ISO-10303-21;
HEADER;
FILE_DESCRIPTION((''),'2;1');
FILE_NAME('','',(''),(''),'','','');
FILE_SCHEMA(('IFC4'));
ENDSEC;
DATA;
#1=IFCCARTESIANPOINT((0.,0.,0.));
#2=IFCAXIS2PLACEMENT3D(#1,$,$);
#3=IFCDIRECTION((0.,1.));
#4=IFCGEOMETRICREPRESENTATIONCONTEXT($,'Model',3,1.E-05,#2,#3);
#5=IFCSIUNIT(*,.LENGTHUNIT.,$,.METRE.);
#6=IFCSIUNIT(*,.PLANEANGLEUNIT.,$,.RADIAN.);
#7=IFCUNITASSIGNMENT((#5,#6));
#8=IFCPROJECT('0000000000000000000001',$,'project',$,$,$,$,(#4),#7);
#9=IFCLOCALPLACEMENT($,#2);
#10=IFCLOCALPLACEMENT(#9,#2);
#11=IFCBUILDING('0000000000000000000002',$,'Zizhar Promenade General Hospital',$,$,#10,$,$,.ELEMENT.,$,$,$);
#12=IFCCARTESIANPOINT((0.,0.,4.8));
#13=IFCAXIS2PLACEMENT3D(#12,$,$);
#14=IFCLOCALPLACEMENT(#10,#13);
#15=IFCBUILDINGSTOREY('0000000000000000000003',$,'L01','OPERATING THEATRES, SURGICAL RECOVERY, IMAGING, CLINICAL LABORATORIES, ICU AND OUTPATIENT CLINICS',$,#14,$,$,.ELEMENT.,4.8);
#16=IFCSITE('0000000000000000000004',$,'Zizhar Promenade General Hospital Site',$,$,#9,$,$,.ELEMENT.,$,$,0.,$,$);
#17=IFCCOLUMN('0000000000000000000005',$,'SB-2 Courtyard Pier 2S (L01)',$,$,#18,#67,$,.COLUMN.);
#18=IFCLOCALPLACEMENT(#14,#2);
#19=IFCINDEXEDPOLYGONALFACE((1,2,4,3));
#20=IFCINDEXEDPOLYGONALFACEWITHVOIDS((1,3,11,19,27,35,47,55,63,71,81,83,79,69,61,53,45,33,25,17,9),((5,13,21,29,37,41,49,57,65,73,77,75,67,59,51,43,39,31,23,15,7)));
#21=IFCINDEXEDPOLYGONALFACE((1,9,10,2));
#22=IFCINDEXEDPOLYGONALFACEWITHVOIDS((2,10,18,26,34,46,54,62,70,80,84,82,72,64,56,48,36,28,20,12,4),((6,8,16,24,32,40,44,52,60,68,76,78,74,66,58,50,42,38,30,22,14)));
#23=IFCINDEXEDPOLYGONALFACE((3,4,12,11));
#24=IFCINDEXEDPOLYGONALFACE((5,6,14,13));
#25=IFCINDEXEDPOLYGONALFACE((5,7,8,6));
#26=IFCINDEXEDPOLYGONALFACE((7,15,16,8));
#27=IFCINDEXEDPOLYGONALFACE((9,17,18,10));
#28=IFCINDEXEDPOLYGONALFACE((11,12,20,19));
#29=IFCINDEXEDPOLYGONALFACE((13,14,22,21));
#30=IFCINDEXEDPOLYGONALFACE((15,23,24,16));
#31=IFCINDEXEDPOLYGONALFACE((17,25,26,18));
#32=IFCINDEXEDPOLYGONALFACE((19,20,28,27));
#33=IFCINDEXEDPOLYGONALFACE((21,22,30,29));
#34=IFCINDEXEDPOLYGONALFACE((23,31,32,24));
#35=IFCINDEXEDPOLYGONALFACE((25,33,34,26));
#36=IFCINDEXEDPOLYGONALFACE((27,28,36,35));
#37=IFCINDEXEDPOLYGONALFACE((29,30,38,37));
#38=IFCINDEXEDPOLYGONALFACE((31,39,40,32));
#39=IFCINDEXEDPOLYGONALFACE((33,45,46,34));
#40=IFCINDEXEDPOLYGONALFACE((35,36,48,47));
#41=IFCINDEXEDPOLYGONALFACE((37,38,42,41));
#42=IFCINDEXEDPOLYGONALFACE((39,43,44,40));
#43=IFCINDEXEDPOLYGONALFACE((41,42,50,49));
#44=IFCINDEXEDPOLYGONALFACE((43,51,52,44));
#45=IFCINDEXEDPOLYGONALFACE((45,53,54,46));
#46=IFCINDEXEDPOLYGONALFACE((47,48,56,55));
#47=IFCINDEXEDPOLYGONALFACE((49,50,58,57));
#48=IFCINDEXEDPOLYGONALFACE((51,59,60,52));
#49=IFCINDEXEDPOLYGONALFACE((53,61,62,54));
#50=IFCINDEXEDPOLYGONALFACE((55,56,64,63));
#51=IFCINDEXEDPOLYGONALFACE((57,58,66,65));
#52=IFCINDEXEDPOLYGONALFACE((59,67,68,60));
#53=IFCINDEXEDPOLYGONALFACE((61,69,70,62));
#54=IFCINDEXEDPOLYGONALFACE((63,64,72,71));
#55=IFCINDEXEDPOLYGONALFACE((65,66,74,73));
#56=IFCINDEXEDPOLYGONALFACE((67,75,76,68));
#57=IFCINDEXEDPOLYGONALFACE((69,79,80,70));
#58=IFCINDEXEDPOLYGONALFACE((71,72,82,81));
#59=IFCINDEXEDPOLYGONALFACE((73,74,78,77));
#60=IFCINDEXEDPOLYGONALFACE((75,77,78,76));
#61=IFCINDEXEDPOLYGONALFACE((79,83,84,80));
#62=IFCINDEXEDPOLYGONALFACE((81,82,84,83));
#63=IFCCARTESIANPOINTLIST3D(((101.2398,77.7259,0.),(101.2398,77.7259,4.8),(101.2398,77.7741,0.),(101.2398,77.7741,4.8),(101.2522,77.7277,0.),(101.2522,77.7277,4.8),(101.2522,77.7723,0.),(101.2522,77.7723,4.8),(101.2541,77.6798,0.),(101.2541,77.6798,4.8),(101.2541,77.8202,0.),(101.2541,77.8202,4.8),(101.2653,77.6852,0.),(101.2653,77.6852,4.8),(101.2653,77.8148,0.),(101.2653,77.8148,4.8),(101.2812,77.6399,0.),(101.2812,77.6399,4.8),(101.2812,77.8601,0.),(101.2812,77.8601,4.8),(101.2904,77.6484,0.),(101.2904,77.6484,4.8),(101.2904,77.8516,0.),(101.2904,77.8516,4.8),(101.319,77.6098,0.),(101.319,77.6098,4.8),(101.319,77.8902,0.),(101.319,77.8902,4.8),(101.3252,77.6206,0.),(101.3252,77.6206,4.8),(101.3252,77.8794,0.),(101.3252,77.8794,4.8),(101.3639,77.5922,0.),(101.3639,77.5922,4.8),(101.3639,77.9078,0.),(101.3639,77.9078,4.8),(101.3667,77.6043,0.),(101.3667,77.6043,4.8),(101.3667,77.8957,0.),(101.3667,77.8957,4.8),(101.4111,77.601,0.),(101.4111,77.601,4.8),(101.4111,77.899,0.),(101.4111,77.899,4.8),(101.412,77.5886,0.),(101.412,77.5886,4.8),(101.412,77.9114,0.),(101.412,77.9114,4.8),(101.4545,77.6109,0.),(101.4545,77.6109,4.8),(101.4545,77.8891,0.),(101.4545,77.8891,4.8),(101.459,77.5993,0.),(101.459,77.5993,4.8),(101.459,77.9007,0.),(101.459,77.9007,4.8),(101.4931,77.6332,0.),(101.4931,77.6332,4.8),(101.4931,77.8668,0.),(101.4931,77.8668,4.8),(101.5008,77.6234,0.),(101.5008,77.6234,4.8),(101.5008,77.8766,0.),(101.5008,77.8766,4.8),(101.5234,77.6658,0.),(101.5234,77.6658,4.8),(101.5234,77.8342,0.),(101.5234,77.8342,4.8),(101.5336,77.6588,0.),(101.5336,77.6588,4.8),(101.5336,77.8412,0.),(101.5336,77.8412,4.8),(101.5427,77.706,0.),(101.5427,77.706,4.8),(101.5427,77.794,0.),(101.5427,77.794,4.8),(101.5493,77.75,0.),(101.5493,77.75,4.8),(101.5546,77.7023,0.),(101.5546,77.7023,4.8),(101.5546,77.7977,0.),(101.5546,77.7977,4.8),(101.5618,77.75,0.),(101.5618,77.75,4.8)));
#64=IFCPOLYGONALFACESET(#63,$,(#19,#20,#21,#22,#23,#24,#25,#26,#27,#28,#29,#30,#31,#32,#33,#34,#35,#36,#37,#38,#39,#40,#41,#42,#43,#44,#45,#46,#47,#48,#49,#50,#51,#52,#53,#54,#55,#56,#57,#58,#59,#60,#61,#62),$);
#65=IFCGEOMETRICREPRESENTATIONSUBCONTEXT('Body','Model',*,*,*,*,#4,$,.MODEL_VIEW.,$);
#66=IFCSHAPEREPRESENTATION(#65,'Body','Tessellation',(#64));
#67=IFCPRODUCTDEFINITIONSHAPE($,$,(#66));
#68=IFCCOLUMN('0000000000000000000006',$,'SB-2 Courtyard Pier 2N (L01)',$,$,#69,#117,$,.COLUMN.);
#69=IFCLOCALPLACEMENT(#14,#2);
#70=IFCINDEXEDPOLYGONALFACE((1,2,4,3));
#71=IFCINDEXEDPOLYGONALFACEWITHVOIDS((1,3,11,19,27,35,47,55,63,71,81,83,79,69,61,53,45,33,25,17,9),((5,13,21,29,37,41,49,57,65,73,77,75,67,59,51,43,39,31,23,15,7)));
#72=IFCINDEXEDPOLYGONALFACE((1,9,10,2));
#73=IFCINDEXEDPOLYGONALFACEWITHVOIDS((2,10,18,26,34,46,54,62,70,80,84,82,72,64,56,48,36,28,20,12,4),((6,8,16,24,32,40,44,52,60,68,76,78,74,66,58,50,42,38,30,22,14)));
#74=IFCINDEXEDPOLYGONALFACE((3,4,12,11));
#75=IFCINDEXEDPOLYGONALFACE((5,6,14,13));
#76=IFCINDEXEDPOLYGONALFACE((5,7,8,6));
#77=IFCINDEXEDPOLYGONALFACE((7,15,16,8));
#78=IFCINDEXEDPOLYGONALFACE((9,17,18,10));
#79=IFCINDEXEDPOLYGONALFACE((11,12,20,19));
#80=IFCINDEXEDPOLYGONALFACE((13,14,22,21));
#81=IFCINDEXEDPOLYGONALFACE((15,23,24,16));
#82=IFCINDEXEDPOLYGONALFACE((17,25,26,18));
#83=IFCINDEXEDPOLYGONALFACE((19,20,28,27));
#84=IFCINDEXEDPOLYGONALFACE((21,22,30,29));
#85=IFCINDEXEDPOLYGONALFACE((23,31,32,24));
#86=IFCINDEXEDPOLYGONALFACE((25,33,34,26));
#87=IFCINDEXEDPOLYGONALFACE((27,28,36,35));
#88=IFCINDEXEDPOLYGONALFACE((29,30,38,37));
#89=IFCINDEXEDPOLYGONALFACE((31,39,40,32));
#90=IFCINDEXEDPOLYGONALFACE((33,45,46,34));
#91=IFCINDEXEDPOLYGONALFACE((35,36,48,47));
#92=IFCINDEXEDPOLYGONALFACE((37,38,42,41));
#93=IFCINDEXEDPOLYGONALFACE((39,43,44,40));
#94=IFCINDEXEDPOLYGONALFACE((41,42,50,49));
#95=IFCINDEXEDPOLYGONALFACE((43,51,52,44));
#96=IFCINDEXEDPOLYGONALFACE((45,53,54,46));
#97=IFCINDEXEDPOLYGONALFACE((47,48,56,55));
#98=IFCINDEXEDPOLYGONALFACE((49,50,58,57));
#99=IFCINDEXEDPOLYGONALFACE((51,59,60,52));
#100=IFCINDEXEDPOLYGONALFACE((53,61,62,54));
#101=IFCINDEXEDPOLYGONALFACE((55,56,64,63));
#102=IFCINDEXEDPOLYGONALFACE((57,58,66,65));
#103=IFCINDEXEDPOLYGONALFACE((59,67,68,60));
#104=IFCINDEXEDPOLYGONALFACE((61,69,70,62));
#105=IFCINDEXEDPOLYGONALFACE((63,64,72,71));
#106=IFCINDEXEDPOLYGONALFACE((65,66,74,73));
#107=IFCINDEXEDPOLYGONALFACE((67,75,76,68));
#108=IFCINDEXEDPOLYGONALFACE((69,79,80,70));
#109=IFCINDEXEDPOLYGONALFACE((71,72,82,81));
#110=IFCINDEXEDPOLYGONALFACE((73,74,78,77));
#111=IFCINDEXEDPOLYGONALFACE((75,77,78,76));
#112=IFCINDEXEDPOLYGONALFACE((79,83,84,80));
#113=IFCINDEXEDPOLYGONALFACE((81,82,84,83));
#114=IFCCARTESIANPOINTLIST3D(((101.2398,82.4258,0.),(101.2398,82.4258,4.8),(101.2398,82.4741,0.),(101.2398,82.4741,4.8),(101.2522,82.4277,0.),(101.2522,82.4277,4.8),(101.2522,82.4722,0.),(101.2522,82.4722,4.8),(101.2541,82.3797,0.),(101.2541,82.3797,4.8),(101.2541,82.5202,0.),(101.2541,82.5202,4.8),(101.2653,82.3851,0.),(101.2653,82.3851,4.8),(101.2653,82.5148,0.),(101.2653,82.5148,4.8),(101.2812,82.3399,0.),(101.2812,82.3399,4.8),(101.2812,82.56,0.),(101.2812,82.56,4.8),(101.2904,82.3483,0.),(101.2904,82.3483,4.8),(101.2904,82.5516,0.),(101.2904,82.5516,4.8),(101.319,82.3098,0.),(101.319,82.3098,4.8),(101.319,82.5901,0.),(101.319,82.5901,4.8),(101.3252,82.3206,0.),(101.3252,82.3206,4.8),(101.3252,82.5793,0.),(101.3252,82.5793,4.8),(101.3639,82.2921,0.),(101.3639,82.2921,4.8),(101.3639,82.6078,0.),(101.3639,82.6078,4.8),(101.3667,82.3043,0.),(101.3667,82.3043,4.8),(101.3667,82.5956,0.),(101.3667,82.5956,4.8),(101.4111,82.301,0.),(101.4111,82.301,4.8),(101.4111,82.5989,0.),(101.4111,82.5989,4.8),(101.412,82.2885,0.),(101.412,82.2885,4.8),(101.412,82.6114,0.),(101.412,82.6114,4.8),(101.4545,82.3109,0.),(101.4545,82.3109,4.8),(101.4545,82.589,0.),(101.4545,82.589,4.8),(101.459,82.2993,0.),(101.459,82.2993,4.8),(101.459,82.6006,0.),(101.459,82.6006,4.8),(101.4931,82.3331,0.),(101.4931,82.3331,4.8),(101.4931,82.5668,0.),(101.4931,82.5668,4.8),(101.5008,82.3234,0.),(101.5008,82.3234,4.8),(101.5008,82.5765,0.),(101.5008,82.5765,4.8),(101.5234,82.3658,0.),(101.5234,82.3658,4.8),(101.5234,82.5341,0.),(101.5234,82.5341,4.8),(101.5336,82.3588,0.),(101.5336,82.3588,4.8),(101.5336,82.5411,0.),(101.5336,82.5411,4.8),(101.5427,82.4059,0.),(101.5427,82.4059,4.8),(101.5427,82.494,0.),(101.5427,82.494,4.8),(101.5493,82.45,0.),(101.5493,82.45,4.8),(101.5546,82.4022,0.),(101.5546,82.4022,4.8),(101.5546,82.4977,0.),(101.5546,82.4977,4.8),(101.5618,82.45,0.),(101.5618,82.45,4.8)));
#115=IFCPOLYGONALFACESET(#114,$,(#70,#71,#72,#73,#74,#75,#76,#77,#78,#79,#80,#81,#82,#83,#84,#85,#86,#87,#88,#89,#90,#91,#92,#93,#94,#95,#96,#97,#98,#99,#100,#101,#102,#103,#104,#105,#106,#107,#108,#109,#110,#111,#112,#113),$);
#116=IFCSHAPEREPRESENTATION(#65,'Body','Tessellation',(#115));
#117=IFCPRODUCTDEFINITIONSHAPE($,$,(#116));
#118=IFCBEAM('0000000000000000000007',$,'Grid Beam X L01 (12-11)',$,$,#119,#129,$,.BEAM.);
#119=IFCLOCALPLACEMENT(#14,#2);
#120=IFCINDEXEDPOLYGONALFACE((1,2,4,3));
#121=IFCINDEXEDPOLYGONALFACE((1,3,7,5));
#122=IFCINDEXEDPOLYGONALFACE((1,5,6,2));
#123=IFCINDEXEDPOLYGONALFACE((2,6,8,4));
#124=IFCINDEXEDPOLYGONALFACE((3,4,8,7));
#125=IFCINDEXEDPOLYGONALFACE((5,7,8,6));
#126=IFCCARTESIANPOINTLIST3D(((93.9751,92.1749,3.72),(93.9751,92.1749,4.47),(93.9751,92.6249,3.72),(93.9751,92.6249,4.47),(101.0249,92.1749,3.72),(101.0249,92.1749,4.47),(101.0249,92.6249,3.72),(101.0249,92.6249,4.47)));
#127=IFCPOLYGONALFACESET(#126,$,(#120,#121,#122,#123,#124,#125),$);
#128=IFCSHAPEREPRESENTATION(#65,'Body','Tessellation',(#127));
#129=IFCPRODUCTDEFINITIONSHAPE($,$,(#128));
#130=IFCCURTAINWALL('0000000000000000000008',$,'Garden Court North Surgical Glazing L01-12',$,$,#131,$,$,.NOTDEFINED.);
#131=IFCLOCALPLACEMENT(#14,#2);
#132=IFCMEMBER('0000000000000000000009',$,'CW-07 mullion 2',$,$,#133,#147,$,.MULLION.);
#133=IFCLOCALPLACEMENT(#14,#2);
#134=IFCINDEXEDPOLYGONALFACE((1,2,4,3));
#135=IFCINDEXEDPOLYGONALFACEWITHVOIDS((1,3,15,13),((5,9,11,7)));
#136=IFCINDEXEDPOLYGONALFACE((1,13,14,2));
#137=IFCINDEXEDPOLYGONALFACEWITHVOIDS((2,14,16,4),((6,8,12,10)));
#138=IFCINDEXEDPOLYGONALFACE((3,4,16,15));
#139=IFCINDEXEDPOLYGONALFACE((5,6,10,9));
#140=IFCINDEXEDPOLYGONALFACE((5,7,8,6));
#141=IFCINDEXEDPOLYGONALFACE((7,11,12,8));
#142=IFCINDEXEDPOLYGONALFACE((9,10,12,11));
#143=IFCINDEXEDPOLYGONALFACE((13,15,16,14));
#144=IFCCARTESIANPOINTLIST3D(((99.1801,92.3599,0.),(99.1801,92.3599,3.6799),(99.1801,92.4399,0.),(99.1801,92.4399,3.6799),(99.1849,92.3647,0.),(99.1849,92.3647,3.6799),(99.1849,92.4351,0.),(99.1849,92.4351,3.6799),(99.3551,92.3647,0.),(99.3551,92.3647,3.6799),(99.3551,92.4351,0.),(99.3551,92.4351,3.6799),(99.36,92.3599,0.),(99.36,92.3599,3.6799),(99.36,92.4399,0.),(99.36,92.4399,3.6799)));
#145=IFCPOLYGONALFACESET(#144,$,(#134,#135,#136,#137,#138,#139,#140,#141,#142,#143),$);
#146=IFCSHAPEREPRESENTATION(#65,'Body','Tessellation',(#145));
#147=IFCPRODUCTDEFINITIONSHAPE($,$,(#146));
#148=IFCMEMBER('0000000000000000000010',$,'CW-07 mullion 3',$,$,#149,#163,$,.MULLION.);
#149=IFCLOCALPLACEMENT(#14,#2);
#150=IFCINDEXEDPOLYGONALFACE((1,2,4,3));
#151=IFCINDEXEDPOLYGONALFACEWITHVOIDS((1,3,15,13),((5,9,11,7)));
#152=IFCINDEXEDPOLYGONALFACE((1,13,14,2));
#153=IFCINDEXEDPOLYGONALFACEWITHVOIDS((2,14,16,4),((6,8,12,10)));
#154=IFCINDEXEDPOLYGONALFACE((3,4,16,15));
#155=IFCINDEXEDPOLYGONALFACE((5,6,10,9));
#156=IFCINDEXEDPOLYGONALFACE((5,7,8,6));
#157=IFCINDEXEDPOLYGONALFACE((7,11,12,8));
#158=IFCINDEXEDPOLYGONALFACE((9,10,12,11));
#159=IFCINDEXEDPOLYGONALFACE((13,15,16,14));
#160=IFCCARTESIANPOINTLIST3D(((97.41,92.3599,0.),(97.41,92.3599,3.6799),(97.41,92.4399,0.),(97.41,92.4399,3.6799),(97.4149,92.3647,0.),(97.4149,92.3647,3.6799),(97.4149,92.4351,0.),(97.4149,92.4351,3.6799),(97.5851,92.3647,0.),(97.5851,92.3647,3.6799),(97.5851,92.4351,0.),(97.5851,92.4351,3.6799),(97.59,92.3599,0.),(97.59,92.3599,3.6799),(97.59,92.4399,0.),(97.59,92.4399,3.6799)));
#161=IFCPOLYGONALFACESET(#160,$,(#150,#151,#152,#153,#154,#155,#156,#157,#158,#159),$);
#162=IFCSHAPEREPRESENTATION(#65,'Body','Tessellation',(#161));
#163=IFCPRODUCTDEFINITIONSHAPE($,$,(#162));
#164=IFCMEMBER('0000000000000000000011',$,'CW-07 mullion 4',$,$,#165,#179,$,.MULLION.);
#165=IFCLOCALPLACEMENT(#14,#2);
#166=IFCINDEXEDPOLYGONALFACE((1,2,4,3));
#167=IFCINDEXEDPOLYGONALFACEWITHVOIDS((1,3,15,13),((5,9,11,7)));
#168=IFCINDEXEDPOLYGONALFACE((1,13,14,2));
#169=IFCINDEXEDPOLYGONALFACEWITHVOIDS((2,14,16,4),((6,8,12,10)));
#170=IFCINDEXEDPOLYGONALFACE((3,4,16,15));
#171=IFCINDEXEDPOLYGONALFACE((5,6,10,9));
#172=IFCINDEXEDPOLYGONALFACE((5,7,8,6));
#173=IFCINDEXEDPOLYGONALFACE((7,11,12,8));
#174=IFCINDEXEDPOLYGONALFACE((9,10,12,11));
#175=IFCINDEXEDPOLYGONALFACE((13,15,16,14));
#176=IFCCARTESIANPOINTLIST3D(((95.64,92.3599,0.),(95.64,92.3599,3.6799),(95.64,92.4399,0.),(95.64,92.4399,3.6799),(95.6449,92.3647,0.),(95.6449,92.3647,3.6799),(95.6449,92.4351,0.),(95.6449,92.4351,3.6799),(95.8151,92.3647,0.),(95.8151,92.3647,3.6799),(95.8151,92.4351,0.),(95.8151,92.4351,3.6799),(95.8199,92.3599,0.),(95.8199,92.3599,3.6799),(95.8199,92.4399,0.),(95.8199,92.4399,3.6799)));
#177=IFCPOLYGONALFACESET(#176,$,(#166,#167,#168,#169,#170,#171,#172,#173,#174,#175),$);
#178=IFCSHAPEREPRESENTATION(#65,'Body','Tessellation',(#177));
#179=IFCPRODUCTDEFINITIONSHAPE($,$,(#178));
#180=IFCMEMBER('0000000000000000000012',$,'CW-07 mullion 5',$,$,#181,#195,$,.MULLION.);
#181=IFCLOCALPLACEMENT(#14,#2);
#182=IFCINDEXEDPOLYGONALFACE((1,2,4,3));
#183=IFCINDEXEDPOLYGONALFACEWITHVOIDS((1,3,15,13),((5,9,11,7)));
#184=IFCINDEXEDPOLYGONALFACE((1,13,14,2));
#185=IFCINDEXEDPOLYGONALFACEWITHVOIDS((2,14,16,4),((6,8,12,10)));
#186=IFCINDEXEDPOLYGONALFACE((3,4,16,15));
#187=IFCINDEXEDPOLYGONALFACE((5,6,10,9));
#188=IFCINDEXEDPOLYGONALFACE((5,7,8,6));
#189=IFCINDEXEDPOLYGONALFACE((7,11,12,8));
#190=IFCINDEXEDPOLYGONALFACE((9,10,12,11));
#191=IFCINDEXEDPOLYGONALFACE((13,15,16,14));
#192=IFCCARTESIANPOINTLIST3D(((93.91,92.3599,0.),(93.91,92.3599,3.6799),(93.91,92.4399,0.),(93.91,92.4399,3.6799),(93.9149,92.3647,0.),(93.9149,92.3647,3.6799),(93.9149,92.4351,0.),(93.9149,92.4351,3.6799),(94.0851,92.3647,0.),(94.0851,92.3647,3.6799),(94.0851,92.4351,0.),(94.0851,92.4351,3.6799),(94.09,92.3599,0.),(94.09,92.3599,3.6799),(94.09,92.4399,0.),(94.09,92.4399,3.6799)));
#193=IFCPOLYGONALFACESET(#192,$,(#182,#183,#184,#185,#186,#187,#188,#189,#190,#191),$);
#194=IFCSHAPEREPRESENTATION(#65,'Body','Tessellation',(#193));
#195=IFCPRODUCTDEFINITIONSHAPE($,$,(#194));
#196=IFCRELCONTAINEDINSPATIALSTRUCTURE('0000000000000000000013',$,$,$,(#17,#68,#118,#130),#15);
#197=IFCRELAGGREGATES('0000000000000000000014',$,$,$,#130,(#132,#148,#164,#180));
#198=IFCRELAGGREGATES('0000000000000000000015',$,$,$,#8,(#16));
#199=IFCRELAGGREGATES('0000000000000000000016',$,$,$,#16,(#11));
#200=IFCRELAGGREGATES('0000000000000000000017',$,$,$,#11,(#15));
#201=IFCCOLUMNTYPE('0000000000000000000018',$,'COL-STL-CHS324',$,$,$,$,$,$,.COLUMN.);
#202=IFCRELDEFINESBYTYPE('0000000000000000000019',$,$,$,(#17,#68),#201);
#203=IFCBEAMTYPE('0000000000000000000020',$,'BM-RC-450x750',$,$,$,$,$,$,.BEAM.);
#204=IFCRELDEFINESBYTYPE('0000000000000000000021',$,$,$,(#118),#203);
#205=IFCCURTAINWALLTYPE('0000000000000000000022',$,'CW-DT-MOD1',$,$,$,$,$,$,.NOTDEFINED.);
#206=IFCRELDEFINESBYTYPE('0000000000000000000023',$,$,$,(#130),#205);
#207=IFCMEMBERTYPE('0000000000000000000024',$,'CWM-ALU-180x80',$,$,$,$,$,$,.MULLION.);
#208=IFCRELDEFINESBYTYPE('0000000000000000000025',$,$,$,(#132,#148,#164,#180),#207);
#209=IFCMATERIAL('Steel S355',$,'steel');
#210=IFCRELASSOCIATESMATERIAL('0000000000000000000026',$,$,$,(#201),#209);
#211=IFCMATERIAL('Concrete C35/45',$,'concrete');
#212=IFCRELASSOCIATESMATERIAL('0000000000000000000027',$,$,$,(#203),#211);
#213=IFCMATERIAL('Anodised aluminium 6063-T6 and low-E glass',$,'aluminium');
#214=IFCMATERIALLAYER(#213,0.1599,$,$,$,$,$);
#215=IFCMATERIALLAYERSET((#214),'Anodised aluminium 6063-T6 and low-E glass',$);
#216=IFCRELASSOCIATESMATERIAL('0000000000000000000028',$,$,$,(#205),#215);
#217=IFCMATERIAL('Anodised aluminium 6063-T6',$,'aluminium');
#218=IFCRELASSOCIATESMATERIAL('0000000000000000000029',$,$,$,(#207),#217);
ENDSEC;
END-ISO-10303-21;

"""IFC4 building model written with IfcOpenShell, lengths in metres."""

from ifc_helpers import new_model, si_unit, direction, frame, origin, origin_2d, place, context, subcontext, project, spatial, rectangle, hollow_rectangle, hollow_circle, extrude, material, layer, layer_set, material_profile, profile_set, type_object, element, aggregate, save


model = new_model("IFC4")

# Units and contexts
model_context = context("Model", 3, precision=1e-05, world=origin(), true_north=direction((0.0, 1.0)))
body_context = subcontext(model_context, "Body", "Model", "MODEL_VIEW")
ifc_project = project(units=[si_unit("LENGTHUNIT", "METRE"), si_unit("PLANEANGLEUNIT", "RADIAN")], contexts=[model_context])

# Site, building, storey
site_placement = place(None, origin())
site = spatial("IfcSite", under=ifc_project, at=site_placement, Name="Zizhar Promenade General Hospital Site", CompositionType="ELEMENT", RefElevation=0.0)
building_placement = place(site_placement, origin())
building = spatial("IfcBuilding", under=site, at=building_placement, Name="Zizhar Promenade General Hospital", CompositionType="ELEMENT")
storey_placement = place(building_placement, frame((0.0, 0.0, 4.8)))
storey = spatial("IfcBuildingStorey", under=building, at=storey_placement, Name="L01", Description="OPERATING THEATRES, SURGICAL RECOVERY, IMAGING, CLINICAL LABORATORIES, ICU AND OUTPATIENT CLINICS", CompositionType="ELEMENT", Elevation=4.8)

# Columns
ifc_material_1 = material(Name="Steel S355", Category="steel")
ifc_material_profile_1 = material_profile(ifc_material_1, hollow_circle(Radius=0.1619, WallThickness=0.0125, at=origin_2d()))
ifc_profile_set_1 = profile_set([ifc_material_profile_1], Name="Steel S355")
column_type = type_object("IfcColumnType", Name="COL-STL-CHS324", PredefinedType="COLUMN", material=ifc_profile_set_1)
for number, where, z_axis, x_axis, name in (
    (1, (101.3999, 77.75, 0.0), (0.0, 0.0, 1.0), (1.0, 0.0, 0.0), "SB-2 Courtyard Pier 2S (L01)"),
    (2, (101.3999, 82.45, 0.0), (0.0, 0.0, 1.0), (1.0, 0.0, 0.0), "SB-2 Courtyard Pier 2N (L01)"),
):
    element("IfcColumn", number, at=place(storey_placement, frame(where, z_axis=z_axis, x_axis=x_axis)), inside=storey, type_object=column_type, Name=name, PredefinedType="COLUMN", context=body_context, shape_type="SweptSolid", body=[
        extrude(hollow_circle(Radius=0.1619, WallThickness=0.0125, at=origin_2d()), origin(), (0.0, 0.0, 1.0), 4.8),
    ])

# Beam
ifc_material_2 = material(Name="Concrete C35/45", Category="concrete")
ifc_material_profile_2 = material_profile(ifc_material_2, rectangle(XDim=0.45, YDim=0.75, at=origin_2d()))
ifc_profile_set_2 = profile_set([ifc_material_profile_2], Name="Concrete C35/45")
beam_type = type_object("IfcBeamType", Name="BM-RC-450x750", PredefinedType="BEAM", material=ifc_profile_set_2)
beam_placement = place(storey_placement, frame((93.9751, 92.3999, 4.095), z_axis=(1.0, 0.0, 0.0), x_axis=(0.0, 1.0, 0.0)))
element("IfcBeam", 3, at=beam_placement, inside=storey, type_object=beam_type, Name="Grid Beam X L01 (12-11)", PredefinedType="BEAM", context=body_context, shape_type="SweptSolid", body=[
    extrude(rectangle(XDim=0.45, YDim=0.75, at=origin_2d()), origin(), (0.0, 0.0, 1.0), 7.0498),
])

# Curtain wall, members
ifc_material_3 = material(Name="Anodised aluminium 6063-T6 and low-E glass", Category="aluminium")
ifc_layer_1 = layer(ifc_material_3, 0.1599)
ifc_layer_set_1 = layer_set([ifc_layer_1], Name="Anodised aluminium 6063-T6 and low-E glass")
curtain_wall_type = type_object("IfcCurtainWallType", Name="CW-DT-MOD1", PredefinedType="NOTDEFINED", material=ifc_layer_set_1)
curtain_wall_placement = place(storey_placement, origin())
curtain_wall = element("IfcCurtainWall", 4, at=curtain_wall_placement, inside=storey, type_object=curtain_wall_type, Name="Garden Court North Surgical Glazing L01-12", PredefinedType="NOTDEFINED")
ifc_material_4 = material(Name="Anodised aluminium 6063-T6", Category="aluminium")
ifc_material_profile_3 = material_profile(ifc_material_4, hollow_rectangle(XDim=0.0801, YDim=0.1799, WallThickness=0.0049, at=origin_2d()))
ifc_profile_set_3 = profile_set([ifc_material_profile_3], Name="Anodised aluminium 6063-T6")
member_type_1 = type_object("IfcMemberType", Name="CWM-ALU-180x80", PredefinedType="MULLION", material=ifc_profile_set_3)
member_1_placement = place(storey_placement, frame((99.27, 92.3999, 0.0), z_axis=(0.0, 0.0, 1.0), x_axis=(0.0, -1.0, 0.0)))
member_1 = element("IfcMember", 5, at=member_1_placement, type_object=member_type_1, Name="CW-07 mullion 2", PredefinedType="MULLION", context=body_context, shape_type="SweptSolid", body=[
    extrude(hollow_rectangle(XDim=0.0801, YDim=0.1799, WallThickness=0.0049, at=origin_2d()), origin(), (0.0, 0.0, 1.0), 3.6799),
])
member_2_placement = place(storey_placement, frame((97.5, 92.3999, 0.0), z_axis=(0.0, 0.0, 1.0), x_axis=(0.0, -1.0, 0.0)))
member_2 = element("IfcMember", 6, at=member_2_placement, type_object=member_type_1, Name="CW-07 mullion 3", PredefinedType="MULLION", context=body_context, shape_type="SweptSolid", body=[
    extrude(hollow_rectangle(XDim=0.0801, YDim=0.1799, WallThickness=0.0049, at=origin_2d()), origin(), (0.0, 0.0, 1.0), 3.6799),
])
member_3_placement = place(storey_placement, frame((95.73, 92.3999, 0.0), z_axis=(0.0, 0.0, 1.0), x_axis=(0.0, -1.0, 0.0)))
member_3 = element("IfcMember", 7, at=member_3_placement, type_object=member_type_1, Name="CW-07 mullion 4", PredefinedType="MULLION", context=body_context, shape_type="SweptSolid", body=[
    extrude(hollow_rectangle(XDim=0.0801, YDim=0.1799, WallThickness=0.0049, at=origin_2d()), origin(), (0.0, 0.0, 1.0), 3.6799),
])
member_4_placement = place(storey_placement, frame((94.0, 92.3999, 0.0), z_axis=(0.0, 0.0, 1.0), x_axis=(0.0, -1.0, 0.0)))
member_4 = element("IfcMember", 8, at=member_4_placement, type_object=member_type_1, Name="CW-07 mullion 5", PredefinedType="MULLION", context=body_context, shape_type="SweptSolid", body=[
    extrude(hollow_rectangle(XDim=0.0801, YDim=0.1799, WallThickness=0.0049, at=origin_2d()), origin(), (0.0, 0.0, 1.0), 3.6799),
])
aggregate(curtain_wall, [member_1, member_2, member_3, member_4])

save(model, "model.ifc")
